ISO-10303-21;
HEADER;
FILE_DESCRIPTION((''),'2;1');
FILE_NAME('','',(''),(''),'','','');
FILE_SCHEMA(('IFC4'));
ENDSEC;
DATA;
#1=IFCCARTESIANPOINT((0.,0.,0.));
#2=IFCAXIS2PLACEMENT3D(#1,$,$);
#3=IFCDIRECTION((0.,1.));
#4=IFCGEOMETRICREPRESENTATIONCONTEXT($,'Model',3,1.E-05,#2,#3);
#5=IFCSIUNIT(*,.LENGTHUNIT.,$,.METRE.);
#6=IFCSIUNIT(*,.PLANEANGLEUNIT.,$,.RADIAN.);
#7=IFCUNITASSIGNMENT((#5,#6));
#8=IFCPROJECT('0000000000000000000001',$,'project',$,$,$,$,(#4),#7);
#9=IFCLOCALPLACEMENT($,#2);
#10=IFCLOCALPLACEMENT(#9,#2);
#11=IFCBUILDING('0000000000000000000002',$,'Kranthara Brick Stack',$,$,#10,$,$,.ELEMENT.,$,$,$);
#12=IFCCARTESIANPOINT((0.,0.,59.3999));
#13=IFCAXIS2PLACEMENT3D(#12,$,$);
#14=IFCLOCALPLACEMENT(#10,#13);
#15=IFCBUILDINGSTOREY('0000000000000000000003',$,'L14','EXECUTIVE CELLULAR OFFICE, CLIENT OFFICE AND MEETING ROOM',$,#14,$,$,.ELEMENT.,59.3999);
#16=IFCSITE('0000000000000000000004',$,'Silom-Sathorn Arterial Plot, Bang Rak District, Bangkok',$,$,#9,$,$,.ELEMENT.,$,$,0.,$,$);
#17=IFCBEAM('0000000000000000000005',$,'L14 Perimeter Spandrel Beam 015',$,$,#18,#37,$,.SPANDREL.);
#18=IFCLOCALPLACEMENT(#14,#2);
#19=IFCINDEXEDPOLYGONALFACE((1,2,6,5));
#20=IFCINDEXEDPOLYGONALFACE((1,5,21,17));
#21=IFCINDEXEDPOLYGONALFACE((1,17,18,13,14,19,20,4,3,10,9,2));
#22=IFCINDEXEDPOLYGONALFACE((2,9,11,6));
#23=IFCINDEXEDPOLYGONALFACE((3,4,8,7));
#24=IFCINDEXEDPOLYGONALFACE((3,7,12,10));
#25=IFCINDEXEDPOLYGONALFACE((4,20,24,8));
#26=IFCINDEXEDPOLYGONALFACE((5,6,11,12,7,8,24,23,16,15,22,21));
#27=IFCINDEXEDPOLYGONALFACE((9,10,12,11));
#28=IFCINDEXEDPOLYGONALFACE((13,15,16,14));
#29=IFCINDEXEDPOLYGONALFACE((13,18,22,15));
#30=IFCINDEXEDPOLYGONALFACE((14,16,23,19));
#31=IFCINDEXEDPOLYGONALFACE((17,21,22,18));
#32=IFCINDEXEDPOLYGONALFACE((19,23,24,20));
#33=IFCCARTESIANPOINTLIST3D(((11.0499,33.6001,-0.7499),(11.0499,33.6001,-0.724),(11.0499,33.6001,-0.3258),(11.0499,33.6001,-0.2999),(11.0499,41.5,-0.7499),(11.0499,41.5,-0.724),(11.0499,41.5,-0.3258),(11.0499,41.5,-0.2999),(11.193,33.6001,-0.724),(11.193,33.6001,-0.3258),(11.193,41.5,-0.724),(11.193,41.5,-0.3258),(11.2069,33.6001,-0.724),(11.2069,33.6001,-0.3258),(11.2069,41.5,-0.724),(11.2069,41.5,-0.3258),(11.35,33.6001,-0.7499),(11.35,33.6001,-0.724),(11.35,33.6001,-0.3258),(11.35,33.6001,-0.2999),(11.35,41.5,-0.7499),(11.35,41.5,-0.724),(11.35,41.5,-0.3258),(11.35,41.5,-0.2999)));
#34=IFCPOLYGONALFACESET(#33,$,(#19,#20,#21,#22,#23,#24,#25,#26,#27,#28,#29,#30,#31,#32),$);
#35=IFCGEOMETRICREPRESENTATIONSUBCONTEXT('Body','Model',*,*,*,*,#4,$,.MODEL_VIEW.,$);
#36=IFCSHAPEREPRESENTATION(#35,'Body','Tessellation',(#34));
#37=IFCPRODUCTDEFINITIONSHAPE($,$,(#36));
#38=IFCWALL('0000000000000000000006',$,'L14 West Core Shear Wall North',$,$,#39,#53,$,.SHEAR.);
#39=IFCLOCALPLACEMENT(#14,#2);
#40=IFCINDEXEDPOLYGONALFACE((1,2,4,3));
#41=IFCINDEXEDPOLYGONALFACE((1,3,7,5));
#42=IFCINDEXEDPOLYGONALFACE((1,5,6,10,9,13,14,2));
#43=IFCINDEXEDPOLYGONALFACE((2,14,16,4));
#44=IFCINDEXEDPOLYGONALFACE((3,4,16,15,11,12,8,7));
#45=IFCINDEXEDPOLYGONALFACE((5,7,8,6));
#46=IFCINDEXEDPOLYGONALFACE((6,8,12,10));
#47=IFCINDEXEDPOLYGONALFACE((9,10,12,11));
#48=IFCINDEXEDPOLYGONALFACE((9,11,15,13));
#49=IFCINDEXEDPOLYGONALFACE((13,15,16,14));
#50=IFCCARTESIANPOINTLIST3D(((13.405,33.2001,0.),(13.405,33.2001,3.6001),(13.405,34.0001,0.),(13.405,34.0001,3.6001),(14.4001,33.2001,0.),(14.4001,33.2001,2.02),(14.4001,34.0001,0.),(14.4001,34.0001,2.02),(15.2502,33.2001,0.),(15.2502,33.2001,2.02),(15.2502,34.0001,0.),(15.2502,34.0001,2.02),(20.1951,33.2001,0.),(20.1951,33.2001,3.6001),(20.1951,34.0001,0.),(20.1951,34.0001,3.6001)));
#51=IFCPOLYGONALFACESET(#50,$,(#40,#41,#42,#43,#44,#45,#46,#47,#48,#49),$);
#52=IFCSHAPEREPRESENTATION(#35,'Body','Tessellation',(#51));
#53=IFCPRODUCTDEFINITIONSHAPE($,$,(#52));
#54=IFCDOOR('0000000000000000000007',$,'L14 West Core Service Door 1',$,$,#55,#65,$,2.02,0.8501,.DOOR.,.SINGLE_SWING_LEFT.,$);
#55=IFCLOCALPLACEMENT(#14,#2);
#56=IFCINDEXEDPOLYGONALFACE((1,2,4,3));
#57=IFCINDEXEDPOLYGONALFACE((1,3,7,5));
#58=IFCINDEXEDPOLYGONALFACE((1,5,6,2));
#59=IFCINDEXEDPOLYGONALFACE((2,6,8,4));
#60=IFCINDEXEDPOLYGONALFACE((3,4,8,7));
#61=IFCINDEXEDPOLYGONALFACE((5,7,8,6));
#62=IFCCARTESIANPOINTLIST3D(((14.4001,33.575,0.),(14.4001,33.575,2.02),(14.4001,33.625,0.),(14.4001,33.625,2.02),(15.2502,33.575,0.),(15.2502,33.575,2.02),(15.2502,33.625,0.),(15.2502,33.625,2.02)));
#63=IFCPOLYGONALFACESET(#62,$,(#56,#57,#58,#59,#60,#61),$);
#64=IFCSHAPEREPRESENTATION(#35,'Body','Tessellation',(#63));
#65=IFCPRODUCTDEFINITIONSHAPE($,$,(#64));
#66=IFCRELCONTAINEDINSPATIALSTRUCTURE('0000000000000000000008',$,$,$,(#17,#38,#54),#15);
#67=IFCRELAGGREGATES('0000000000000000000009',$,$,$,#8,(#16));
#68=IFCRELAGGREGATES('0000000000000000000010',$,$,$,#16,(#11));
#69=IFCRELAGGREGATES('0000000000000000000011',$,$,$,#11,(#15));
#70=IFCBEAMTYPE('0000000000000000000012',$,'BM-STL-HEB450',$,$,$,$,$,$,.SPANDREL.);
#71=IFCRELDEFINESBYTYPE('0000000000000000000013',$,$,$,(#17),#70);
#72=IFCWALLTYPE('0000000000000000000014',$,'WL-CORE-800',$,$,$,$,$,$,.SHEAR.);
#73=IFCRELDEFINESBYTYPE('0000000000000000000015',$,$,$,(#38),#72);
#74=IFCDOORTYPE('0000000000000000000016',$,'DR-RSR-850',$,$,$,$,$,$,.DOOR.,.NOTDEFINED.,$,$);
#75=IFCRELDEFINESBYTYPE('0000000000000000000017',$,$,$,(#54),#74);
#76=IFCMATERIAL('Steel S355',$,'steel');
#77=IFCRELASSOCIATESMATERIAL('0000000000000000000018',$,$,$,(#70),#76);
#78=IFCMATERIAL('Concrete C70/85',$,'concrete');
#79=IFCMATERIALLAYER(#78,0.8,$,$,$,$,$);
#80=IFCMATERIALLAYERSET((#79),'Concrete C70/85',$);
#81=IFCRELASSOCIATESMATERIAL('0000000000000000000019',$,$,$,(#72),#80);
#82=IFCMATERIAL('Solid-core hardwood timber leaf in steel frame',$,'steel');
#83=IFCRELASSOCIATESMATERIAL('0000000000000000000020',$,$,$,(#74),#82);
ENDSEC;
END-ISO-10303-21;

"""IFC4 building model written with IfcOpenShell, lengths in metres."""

from ifc_helpers import new_model, si_unit, direction, frame, frame_2d, origin, origin_2d, place, context, subcontext, project, spatial, rectangle, i_section, extrude, material, layer, layer_set, material_profile, profile_set, type_object, element, fill, save


model = new_model("IFC4")

# Units and contexts
model_context = context("Model", 3, precision=1e-05, world=origin(), true_north=direction((0.0, 1.0)))
body_context = subcontext(model_context, "Body", "Model", "MODEL_VIEW")
ifc_project = project(units=[si_unit("LENGTHUNIT", "METRE"), si_unit("PLANEANGLEUNIT", "RADIAN")], contexts=[model_context])

# Site, building, storey
site_placement = place(None, origin())
site = spatial("IfcSite", under=ifc_project, at=site_placement, Name="Silom-Sathorn Arterial Plot, Bang Rak District, Bangkok", CompositionType="ELEMENT", RefElevation=0.0)
building_placement = place(site_placement, origin())
building = spatial("IfcBuilding", under=site, at=building_placement, Name="Kranthara Brick Stack", CompositionType="ELEMENT")
storey_placement = place(building_placement, frame((0.0, 0.0, 59.3999)))
storey = spatial("IfcBuildingStorey", under=building, at=storey_placement, Name="L14", Description="EXECUTIVE CELLULAR OFFICE, CLIENT OFFICE AND MEETING ROOM", CompositionType="ELEMENT", Elevation=59.3999)

# Beam
ifc_material_1 = material(Name="Steel S355", Category="steel")
ifc_material_profile_1 = material_profile(ifc_material_1, i_section(OverallWidth=0.3, OverallDepth=0.45, WebThickness=0.0139, FlangeThickness=0.0259, at=origin_2d()), Name="HEB 450")
ifc_profile_set_1 = profile_set([ifc_material_profile_1], Name="Steel S355")
beam_type_1 = type_object("IfcBeamType", Name="BM-STL-HEB450", PredefinedType="SPANDREL", material=ifc_profile_set_1)
beam_1_placement = place(storey_placement, frame((11.2, 33.6001, -0.5249), z_axis=(0.0, 1.0, 0.0), x_axis=(-1.0, 0.0, 0.0)))
element("IfcBeam", 1, at=beam_1_placement, inside=storey, type_object=beam_type_1, Name="L14 Perimeter Spandrel Beam 015", PredefinedType="SPANDREL", context=body_context, shape_type="SweptSolid", body=[
    extrude(i_section(OverallWidth=0.3, OverallDepth=0.45, WebThickness=0.0139, FlangeThickness=0.0259, at=origin_2d()), origin(), (0.0, 0.0, 1.0), 7.8999),
])

# Wall, opening, door
ifc_material_2 = material(Name="Concrete C70/85", Category="concrete")
ifc_layer = layer(ifc_material_2, 0.8)
ifc_layer_set = layer_set([ifc_layer], Name="Concrete C70/85")
wall_type = type_object("IfcWallType", Name="WL-CORE-800", PredefinedType="SHEAR", material=ifc_layer_set)
wall_placement = place(storey_placement, frame((13.405, 33.6001, 0.0), z_axis=(0.0, 0.0, 1.0), x_axis=(1.0, 0.0, 0.0)))
wall = element("IfcWall", 2, at=wall_placement, inside=storey, type_object=wall_type, Name="L14 West Core Shear Wall North", PredefinedType="SHEAR", context=body_context, shape_type="SweptSolid", body=[
    extrude(rectangle(XDim=6.79, YDim=0.8, at=frame_2d((3.395, 0.0))), origin(), (0.0, 0.0, 1.0), 3.6001),
])
opening_placement = place(wall_placement, frame((0.9951, 0.0, 0.0)))
opening = element("IfcOpeningElement", 3, at=opening_placement, cuts=wall, PredefinedType="OPENING", context=body_context, shape_type="SweptSolid", body=[
    extrude(rectangle(XDim=0.8501, YDim=2.02, at=frame_2d((0.425, 1.01))), frame((0.0, 0.4099, 0.0), z_axis=(0.0, -1.0, 0.0), x_axis=(1.0, 0.0, 0.0)), (0.0, 0.0, 1.0), 0.8201),
])
ifc_material_3 = material(Name="Solid-core hardwood timber leaf in steel frame", Category="steel")
door_type = type_object("IfcDoorType", Name="DR-RSR-850", OperationType="NOTDEFINED", PredefinedType="DOOR", material=ifc_material_3)
door_placement = place(opening_placement, origin())
door = element("IfcDoor", 4, at=door_placement, inside=storey, type_object=door_type, Name="L14 West Core Service Door 1", OperationType="SINGLE_SWING_LEFT", OverallHeight=2.02, OverallWidth=0.8501, PredefinedType="DOOR", context=body_context, shape_type="SweptSolid", body=[
    extrude(rectangle(XDim=0.8501, YDim=2.02, at=frame_2d((0.425, 1.01))), frame((0.0, 0.0249, 0.0), z_axis=(0.0, -1.0, 0.0), x_axis=(1.0, 0.0, 0.0)), (0.0, 0.0, 1.0), 0.05),
])
fill(opening, door)

save(model, "model.ifc")
